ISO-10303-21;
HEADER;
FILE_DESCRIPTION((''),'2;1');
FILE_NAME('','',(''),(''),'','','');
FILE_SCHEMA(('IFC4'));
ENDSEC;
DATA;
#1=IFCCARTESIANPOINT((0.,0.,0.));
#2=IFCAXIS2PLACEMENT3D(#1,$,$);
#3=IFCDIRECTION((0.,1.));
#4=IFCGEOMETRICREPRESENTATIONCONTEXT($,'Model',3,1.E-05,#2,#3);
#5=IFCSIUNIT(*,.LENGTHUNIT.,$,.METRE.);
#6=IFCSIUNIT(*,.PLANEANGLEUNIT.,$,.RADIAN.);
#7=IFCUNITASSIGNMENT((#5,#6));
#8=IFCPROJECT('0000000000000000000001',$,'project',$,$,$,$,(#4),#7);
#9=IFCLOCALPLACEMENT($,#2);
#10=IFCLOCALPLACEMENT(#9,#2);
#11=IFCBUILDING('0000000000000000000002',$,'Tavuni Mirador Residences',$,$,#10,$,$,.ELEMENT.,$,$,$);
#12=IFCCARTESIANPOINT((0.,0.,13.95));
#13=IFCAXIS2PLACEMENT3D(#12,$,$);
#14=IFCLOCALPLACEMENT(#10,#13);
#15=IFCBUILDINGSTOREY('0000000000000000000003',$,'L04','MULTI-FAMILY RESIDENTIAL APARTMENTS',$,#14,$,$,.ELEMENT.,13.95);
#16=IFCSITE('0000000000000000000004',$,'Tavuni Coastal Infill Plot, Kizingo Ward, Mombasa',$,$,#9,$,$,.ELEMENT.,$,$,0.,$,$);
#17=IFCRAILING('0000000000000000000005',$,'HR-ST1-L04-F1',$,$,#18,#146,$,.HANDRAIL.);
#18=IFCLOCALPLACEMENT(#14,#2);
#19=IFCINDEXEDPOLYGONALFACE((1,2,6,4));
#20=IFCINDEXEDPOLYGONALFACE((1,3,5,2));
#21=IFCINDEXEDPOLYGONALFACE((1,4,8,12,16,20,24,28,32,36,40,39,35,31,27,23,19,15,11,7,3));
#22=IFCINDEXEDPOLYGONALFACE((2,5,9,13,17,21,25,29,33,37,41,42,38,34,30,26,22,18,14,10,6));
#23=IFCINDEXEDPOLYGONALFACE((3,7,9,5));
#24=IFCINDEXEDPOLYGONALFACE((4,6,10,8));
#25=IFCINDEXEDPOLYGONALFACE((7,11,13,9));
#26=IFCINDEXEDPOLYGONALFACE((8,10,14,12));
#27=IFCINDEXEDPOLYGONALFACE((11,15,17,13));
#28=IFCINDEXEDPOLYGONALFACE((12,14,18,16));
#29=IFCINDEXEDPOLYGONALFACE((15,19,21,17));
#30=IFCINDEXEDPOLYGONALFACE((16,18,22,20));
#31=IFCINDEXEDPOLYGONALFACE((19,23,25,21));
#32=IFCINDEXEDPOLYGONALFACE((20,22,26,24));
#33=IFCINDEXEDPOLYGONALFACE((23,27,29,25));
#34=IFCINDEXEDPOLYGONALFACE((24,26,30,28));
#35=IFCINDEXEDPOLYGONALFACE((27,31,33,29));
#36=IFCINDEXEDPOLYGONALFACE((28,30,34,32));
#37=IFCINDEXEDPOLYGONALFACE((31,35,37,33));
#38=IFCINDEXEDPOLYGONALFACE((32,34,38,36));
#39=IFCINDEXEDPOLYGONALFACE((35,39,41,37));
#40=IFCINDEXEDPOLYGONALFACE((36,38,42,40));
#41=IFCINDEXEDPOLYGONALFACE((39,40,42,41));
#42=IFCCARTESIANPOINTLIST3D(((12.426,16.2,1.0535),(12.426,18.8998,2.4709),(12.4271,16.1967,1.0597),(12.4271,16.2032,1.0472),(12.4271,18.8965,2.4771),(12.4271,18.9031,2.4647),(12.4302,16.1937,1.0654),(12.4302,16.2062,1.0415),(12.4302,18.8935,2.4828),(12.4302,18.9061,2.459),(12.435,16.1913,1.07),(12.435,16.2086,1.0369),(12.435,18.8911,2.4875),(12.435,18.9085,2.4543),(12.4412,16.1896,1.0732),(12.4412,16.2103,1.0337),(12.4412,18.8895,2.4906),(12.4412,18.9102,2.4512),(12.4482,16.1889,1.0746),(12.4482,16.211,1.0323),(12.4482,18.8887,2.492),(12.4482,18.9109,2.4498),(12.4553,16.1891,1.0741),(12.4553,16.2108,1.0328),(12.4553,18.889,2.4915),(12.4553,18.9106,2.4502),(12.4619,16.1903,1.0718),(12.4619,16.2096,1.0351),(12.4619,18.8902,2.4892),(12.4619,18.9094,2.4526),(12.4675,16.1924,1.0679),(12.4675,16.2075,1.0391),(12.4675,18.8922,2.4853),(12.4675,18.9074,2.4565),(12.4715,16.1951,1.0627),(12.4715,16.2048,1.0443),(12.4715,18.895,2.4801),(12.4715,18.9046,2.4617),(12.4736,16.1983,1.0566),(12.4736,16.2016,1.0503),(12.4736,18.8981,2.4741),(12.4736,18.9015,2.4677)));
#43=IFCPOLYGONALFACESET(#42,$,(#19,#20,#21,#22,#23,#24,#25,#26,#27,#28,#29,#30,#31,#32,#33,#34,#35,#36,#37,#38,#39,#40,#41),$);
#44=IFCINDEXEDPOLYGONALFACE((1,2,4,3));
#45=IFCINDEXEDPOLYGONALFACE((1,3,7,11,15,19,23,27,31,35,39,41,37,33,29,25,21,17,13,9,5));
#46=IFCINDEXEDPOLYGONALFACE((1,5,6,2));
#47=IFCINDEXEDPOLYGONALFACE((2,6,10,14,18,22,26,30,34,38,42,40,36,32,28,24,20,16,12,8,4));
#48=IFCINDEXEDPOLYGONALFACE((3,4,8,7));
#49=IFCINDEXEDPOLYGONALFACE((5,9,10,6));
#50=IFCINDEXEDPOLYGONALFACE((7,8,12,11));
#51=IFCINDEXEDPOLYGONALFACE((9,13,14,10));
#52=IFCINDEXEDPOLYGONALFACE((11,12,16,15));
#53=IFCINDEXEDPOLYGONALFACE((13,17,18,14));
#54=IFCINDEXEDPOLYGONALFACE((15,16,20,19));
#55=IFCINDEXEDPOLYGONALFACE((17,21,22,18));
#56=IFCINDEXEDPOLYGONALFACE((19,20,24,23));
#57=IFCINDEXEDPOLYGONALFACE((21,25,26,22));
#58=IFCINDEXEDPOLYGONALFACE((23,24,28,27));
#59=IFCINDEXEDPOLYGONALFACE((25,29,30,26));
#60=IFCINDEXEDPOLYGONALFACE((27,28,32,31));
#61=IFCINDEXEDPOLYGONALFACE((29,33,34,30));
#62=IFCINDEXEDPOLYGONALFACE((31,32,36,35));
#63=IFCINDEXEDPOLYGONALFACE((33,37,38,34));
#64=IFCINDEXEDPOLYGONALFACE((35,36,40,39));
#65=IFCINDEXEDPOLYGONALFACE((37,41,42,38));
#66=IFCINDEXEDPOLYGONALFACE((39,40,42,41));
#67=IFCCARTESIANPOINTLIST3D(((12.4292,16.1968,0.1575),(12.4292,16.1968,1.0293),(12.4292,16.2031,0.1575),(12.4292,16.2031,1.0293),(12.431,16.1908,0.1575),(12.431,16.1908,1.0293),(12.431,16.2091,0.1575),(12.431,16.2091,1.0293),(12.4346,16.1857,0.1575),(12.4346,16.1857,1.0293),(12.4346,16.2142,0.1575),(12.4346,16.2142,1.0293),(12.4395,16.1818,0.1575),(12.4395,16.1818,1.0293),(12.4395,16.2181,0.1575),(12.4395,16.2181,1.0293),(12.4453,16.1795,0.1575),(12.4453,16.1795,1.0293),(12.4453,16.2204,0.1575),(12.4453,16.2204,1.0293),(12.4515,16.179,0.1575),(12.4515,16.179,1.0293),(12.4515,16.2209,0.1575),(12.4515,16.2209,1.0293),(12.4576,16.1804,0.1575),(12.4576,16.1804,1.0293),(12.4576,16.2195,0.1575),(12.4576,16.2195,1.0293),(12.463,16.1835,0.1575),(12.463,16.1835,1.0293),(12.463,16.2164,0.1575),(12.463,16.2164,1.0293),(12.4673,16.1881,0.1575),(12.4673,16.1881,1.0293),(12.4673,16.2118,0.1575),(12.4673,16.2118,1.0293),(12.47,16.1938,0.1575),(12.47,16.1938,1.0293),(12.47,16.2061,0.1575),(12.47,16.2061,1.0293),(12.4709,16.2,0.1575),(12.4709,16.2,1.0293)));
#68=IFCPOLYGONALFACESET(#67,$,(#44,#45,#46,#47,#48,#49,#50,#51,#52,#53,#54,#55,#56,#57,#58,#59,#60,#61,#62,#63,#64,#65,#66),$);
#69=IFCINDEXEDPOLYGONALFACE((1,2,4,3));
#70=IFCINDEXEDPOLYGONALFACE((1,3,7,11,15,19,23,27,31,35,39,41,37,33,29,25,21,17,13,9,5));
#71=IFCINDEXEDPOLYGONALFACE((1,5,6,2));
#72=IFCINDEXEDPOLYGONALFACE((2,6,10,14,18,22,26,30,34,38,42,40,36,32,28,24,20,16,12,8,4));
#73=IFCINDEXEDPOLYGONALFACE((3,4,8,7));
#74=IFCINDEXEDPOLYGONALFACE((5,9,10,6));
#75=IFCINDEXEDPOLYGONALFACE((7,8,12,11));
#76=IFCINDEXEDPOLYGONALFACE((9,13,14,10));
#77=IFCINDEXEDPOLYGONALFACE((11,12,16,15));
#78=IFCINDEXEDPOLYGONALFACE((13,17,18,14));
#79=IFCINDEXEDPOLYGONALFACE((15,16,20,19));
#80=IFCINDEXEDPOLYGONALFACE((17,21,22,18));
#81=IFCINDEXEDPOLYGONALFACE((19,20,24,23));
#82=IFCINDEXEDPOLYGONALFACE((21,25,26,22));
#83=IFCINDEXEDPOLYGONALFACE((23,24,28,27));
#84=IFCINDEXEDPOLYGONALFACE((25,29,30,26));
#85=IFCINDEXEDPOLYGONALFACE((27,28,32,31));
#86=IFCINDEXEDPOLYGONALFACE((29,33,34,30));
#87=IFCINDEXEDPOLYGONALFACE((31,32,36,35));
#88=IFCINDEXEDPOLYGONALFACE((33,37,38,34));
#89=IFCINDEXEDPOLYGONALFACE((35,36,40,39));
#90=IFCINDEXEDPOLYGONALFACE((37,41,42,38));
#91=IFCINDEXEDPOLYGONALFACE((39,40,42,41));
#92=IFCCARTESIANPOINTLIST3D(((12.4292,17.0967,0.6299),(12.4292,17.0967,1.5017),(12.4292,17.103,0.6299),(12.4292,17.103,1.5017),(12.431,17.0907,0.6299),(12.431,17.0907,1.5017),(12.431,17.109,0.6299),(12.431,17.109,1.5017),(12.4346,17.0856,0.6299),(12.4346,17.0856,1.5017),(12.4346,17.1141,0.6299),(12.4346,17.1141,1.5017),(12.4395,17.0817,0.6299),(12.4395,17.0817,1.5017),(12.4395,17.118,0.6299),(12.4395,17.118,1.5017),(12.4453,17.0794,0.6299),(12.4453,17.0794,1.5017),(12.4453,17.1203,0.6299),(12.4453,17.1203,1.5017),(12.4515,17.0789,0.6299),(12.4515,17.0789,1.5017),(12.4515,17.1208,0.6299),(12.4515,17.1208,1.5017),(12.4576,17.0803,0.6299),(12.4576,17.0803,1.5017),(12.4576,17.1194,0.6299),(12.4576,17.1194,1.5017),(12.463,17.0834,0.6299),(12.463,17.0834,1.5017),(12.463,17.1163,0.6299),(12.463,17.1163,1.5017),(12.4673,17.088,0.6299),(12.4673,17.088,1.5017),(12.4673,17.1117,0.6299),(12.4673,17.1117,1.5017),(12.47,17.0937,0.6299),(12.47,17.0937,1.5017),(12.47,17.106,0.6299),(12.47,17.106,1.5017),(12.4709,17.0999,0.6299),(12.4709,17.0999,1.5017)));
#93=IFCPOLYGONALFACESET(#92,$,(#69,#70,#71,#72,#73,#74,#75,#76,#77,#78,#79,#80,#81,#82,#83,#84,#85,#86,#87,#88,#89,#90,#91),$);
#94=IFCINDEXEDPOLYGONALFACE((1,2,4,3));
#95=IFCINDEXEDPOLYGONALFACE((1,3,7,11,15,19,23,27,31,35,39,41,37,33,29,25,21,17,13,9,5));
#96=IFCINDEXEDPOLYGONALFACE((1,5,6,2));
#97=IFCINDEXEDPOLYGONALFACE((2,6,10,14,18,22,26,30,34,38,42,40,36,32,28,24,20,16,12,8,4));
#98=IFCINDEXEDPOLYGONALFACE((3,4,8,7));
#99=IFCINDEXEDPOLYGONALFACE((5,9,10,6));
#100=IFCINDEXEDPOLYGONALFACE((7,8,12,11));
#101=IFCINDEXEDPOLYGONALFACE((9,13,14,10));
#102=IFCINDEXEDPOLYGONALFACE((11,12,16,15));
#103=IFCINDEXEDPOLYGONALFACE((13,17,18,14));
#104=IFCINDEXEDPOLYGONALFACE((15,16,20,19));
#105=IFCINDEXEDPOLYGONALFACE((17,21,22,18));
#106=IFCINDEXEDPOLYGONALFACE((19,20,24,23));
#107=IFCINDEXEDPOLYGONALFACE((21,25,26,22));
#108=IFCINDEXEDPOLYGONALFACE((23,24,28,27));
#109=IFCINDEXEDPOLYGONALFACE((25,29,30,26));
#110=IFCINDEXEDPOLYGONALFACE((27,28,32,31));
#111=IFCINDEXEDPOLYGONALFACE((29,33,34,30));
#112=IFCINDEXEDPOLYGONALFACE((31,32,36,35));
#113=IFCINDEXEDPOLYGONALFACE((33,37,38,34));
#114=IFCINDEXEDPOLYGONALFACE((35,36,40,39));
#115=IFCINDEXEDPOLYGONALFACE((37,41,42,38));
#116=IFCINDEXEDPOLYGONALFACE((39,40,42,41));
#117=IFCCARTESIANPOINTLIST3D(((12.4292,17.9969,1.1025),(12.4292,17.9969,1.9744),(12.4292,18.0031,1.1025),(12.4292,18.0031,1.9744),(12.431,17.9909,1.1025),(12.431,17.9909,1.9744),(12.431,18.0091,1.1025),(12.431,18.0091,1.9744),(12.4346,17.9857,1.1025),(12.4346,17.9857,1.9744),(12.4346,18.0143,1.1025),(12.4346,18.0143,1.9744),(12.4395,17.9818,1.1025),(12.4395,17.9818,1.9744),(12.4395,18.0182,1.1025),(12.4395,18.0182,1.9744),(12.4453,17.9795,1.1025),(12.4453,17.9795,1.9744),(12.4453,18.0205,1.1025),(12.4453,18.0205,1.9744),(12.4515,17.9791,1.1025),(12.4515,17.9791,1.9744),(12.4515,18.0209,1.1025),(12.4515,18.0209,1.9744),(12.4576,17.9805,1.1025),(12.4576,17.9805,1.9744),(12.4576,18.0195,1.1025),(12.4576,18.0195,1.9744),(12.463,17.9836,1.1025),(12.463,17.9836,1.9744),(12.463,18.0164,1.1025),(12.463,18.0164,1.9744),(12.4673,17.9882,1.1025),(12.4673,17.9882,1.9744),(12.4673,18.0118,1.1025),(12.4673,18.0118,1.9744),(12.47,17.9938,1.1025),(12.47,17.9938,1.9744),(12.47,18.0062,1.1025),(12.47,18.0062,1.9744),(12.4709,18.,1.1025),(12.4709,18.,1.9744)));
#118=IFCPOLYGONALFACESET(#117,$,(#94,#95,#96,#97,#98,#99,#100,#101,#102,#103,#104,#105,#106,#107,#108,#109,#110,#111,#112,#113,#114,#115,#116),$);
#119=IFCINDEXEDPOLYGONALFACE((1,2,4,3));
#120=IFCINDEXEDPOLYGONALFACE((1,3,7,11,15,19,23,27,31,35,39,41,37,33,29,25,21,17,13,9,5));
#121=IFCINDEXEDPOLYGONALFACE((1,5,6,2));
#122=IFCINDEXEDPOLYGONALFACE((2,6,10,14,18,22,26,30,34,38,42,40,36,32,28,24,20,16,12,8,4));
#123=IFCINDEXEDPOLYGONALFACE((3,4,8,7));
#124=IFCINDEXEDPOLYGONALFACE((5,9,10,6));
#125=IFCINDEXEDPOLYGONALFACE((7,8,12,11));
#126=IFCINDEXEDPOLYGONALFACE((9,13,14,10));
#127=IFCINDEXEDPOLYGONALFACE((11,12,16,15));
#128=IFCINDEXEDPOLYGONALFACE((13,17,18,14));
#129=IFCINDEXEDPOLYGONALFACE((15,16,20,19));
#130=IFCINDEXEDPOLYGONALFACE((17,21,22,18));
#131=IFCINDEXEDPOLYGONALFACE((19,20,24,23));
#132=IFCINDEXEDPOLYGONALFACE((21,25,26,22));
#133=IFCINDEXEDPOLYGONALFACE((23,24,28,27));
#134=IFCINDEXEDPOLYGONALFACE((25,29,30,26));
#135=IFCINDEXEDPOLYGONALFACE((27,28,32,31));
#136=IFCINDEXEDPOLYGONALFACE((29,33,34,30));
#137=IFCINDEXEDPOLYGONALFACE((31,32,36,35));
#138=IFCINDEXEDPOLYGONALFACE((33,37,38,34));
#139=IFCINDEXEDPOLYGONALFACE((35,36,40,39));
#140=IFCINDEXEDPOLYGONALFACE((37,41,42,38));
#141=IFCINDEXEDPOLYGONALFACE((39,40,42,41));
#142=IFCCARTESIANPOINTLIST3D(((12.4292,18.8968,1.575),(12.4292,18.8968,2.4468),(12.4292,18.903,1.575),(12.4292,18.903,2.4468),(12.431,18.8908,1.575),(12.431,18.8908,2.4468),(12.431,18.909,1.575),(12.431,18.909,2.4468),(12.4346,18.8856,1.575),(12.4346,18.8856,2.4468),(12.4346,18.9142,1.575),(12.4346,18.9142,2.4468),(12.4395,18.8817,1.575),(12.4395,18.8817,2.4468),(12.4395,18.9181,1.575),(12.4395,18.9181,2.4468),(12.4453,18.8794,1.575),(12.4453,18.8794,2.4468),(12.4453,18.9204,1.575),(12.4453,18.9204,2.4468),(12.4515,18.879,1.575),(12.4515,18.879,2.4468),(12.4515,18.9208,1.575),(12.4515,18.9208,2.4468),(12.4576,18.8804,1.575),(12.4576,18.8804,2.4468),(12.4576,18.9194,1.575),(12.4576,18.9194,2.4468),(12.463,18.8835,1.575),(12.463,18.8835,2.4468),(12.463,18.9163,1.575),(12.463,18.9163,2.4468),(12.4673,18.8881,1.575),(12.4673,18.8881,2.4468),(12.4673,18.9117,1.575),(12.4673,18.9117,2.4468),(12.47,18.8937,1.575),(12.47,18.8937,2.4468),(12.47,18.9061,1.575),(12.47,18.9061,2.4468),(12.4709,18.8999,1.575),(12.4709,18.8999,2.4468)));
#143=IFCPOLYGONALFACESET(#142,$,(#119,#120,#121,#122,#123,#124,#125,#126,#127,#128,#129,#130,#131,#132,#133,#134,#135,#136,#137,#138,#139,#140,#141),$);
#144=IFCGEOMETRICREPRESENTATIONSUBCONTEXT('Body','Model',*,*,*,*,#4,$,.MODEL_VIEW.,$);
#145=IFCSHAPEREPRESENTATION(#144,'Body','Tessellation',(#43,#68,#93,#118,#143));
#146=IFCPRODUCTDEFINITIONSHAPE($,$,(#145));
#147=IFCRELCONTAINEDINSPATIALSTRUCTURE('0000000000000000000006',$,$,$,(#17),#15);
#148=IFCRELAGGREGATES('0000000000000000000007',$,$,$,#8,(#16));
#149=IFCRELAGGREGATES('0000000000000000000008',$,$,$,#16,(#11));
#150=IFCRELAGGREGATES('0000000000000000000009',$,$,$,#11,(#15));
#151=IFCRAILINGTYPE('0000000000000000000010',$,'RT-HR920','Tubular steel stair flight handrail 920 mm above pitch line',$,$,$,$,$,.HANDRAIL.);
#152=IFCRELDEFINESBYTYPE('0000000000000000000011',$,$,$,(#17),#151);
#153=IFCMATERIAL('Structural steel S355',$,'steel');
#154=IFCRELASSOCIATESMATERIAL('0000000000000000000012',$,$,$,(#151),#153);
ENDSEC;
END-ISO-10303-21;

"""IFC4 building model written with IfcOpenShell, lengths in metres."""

from ifc_helpers import new_model, si_unit, direction, frame, origin, origin_2d, place, context, subcontext, project, spatial, circle, extrude, material, type_object, element, save


model = new_model("IFC4")

# Units and contexts
model_context = context("Model", 3, precision=1e-05, world=origin(), true_north=direction((0.0, 1.0)))
body_context = subcontext(model_context, "Body", "Model", "MODEL_VIEW")
ifc_project = project(units=[si_unit("LENGTHUNIT", "METRE"), si_unit("PLANEANGLEUNIT", "RADIAN")], contexts=[model_context])

# Site, building, storey
site_placement = place(None, origin())
site = spatial("IfcSite", under=ifc_project, at=site_placement, Name="Tavuni Coastal Infill Plot, Kizingo Ward, Mombasa", CompositionType="ELEMENT", RefElevation=0.0)
building_placement = place(site_placement, origin())
building = spatial("IfcBuilding", under=site, at=building_placement, Name="Tavuni Mirador Residences", CompositionType="ELEMENT")
storey_placement = place(building_placement, frame((0.0, 0.0, 13.95)))
storey = spatial("IfcBuildingStorey", under=building, at=storey_placement, Name="L04", Description="MULTI-FAMILY RESIDENTIAL APARTMENTS", CompositionType="ELEMENT", Elevation=13.95)

# Shared definitions
ifc_material_1 = material(Name="Structural steel S355", Category="steel")

# Railing
railing_type_1 = type_object("IfcRailingType", Name="RT-HR920", Description="Tubular steel stair flight handrail 920 mm above pitch line", PredefinedType="HANDRAIL", material=ifc_material_1)
railing_1_placement = place(storey_placement, frame((12.45, 16.2, 0.1575)))
element("IfcRailing", 1, at=railing_1_placement, inside=storey, type_object=railing_type_1, Name="HR-ST1-L04-F1", PredefinedType="HANDRAIL", context=body_context, shape_type="SweptSolid", body=[
    extrude(circle(Radius=0.0239, at=origin_2d()), frame((0.0, 0.0, 0.896), z_axis=(0.0, 0.885397, 0.464835), x_axis=(-1.0, 0.0, 0.0)), (0.0, 0.0, 1.0), 3.0493),
    extrude(circle(Radius=0.021, at=origin_2d()), origin(), (0.0, 0.0, 1.0), 0.8718),
    extrude(circle(Radius=0.021, at=origin_2d()), frame((0.0, 0.8999, 0.4724)), (0.0, 0.0, 1.0), 0.8718),
    extrude(circle(Radius=0.021, at=origin_2d()), frame((0.0, 1.8, 0.9451)), (0.0, 0.0, 1.0), 0.8718),
    extrude(circle(Radius=0.021, at=origin_2d()), frame((0.0, 2.7, 1.4175)), (0.0, 0.0, 1.0), 0.8718),
])

save(model, "model.ifc")
